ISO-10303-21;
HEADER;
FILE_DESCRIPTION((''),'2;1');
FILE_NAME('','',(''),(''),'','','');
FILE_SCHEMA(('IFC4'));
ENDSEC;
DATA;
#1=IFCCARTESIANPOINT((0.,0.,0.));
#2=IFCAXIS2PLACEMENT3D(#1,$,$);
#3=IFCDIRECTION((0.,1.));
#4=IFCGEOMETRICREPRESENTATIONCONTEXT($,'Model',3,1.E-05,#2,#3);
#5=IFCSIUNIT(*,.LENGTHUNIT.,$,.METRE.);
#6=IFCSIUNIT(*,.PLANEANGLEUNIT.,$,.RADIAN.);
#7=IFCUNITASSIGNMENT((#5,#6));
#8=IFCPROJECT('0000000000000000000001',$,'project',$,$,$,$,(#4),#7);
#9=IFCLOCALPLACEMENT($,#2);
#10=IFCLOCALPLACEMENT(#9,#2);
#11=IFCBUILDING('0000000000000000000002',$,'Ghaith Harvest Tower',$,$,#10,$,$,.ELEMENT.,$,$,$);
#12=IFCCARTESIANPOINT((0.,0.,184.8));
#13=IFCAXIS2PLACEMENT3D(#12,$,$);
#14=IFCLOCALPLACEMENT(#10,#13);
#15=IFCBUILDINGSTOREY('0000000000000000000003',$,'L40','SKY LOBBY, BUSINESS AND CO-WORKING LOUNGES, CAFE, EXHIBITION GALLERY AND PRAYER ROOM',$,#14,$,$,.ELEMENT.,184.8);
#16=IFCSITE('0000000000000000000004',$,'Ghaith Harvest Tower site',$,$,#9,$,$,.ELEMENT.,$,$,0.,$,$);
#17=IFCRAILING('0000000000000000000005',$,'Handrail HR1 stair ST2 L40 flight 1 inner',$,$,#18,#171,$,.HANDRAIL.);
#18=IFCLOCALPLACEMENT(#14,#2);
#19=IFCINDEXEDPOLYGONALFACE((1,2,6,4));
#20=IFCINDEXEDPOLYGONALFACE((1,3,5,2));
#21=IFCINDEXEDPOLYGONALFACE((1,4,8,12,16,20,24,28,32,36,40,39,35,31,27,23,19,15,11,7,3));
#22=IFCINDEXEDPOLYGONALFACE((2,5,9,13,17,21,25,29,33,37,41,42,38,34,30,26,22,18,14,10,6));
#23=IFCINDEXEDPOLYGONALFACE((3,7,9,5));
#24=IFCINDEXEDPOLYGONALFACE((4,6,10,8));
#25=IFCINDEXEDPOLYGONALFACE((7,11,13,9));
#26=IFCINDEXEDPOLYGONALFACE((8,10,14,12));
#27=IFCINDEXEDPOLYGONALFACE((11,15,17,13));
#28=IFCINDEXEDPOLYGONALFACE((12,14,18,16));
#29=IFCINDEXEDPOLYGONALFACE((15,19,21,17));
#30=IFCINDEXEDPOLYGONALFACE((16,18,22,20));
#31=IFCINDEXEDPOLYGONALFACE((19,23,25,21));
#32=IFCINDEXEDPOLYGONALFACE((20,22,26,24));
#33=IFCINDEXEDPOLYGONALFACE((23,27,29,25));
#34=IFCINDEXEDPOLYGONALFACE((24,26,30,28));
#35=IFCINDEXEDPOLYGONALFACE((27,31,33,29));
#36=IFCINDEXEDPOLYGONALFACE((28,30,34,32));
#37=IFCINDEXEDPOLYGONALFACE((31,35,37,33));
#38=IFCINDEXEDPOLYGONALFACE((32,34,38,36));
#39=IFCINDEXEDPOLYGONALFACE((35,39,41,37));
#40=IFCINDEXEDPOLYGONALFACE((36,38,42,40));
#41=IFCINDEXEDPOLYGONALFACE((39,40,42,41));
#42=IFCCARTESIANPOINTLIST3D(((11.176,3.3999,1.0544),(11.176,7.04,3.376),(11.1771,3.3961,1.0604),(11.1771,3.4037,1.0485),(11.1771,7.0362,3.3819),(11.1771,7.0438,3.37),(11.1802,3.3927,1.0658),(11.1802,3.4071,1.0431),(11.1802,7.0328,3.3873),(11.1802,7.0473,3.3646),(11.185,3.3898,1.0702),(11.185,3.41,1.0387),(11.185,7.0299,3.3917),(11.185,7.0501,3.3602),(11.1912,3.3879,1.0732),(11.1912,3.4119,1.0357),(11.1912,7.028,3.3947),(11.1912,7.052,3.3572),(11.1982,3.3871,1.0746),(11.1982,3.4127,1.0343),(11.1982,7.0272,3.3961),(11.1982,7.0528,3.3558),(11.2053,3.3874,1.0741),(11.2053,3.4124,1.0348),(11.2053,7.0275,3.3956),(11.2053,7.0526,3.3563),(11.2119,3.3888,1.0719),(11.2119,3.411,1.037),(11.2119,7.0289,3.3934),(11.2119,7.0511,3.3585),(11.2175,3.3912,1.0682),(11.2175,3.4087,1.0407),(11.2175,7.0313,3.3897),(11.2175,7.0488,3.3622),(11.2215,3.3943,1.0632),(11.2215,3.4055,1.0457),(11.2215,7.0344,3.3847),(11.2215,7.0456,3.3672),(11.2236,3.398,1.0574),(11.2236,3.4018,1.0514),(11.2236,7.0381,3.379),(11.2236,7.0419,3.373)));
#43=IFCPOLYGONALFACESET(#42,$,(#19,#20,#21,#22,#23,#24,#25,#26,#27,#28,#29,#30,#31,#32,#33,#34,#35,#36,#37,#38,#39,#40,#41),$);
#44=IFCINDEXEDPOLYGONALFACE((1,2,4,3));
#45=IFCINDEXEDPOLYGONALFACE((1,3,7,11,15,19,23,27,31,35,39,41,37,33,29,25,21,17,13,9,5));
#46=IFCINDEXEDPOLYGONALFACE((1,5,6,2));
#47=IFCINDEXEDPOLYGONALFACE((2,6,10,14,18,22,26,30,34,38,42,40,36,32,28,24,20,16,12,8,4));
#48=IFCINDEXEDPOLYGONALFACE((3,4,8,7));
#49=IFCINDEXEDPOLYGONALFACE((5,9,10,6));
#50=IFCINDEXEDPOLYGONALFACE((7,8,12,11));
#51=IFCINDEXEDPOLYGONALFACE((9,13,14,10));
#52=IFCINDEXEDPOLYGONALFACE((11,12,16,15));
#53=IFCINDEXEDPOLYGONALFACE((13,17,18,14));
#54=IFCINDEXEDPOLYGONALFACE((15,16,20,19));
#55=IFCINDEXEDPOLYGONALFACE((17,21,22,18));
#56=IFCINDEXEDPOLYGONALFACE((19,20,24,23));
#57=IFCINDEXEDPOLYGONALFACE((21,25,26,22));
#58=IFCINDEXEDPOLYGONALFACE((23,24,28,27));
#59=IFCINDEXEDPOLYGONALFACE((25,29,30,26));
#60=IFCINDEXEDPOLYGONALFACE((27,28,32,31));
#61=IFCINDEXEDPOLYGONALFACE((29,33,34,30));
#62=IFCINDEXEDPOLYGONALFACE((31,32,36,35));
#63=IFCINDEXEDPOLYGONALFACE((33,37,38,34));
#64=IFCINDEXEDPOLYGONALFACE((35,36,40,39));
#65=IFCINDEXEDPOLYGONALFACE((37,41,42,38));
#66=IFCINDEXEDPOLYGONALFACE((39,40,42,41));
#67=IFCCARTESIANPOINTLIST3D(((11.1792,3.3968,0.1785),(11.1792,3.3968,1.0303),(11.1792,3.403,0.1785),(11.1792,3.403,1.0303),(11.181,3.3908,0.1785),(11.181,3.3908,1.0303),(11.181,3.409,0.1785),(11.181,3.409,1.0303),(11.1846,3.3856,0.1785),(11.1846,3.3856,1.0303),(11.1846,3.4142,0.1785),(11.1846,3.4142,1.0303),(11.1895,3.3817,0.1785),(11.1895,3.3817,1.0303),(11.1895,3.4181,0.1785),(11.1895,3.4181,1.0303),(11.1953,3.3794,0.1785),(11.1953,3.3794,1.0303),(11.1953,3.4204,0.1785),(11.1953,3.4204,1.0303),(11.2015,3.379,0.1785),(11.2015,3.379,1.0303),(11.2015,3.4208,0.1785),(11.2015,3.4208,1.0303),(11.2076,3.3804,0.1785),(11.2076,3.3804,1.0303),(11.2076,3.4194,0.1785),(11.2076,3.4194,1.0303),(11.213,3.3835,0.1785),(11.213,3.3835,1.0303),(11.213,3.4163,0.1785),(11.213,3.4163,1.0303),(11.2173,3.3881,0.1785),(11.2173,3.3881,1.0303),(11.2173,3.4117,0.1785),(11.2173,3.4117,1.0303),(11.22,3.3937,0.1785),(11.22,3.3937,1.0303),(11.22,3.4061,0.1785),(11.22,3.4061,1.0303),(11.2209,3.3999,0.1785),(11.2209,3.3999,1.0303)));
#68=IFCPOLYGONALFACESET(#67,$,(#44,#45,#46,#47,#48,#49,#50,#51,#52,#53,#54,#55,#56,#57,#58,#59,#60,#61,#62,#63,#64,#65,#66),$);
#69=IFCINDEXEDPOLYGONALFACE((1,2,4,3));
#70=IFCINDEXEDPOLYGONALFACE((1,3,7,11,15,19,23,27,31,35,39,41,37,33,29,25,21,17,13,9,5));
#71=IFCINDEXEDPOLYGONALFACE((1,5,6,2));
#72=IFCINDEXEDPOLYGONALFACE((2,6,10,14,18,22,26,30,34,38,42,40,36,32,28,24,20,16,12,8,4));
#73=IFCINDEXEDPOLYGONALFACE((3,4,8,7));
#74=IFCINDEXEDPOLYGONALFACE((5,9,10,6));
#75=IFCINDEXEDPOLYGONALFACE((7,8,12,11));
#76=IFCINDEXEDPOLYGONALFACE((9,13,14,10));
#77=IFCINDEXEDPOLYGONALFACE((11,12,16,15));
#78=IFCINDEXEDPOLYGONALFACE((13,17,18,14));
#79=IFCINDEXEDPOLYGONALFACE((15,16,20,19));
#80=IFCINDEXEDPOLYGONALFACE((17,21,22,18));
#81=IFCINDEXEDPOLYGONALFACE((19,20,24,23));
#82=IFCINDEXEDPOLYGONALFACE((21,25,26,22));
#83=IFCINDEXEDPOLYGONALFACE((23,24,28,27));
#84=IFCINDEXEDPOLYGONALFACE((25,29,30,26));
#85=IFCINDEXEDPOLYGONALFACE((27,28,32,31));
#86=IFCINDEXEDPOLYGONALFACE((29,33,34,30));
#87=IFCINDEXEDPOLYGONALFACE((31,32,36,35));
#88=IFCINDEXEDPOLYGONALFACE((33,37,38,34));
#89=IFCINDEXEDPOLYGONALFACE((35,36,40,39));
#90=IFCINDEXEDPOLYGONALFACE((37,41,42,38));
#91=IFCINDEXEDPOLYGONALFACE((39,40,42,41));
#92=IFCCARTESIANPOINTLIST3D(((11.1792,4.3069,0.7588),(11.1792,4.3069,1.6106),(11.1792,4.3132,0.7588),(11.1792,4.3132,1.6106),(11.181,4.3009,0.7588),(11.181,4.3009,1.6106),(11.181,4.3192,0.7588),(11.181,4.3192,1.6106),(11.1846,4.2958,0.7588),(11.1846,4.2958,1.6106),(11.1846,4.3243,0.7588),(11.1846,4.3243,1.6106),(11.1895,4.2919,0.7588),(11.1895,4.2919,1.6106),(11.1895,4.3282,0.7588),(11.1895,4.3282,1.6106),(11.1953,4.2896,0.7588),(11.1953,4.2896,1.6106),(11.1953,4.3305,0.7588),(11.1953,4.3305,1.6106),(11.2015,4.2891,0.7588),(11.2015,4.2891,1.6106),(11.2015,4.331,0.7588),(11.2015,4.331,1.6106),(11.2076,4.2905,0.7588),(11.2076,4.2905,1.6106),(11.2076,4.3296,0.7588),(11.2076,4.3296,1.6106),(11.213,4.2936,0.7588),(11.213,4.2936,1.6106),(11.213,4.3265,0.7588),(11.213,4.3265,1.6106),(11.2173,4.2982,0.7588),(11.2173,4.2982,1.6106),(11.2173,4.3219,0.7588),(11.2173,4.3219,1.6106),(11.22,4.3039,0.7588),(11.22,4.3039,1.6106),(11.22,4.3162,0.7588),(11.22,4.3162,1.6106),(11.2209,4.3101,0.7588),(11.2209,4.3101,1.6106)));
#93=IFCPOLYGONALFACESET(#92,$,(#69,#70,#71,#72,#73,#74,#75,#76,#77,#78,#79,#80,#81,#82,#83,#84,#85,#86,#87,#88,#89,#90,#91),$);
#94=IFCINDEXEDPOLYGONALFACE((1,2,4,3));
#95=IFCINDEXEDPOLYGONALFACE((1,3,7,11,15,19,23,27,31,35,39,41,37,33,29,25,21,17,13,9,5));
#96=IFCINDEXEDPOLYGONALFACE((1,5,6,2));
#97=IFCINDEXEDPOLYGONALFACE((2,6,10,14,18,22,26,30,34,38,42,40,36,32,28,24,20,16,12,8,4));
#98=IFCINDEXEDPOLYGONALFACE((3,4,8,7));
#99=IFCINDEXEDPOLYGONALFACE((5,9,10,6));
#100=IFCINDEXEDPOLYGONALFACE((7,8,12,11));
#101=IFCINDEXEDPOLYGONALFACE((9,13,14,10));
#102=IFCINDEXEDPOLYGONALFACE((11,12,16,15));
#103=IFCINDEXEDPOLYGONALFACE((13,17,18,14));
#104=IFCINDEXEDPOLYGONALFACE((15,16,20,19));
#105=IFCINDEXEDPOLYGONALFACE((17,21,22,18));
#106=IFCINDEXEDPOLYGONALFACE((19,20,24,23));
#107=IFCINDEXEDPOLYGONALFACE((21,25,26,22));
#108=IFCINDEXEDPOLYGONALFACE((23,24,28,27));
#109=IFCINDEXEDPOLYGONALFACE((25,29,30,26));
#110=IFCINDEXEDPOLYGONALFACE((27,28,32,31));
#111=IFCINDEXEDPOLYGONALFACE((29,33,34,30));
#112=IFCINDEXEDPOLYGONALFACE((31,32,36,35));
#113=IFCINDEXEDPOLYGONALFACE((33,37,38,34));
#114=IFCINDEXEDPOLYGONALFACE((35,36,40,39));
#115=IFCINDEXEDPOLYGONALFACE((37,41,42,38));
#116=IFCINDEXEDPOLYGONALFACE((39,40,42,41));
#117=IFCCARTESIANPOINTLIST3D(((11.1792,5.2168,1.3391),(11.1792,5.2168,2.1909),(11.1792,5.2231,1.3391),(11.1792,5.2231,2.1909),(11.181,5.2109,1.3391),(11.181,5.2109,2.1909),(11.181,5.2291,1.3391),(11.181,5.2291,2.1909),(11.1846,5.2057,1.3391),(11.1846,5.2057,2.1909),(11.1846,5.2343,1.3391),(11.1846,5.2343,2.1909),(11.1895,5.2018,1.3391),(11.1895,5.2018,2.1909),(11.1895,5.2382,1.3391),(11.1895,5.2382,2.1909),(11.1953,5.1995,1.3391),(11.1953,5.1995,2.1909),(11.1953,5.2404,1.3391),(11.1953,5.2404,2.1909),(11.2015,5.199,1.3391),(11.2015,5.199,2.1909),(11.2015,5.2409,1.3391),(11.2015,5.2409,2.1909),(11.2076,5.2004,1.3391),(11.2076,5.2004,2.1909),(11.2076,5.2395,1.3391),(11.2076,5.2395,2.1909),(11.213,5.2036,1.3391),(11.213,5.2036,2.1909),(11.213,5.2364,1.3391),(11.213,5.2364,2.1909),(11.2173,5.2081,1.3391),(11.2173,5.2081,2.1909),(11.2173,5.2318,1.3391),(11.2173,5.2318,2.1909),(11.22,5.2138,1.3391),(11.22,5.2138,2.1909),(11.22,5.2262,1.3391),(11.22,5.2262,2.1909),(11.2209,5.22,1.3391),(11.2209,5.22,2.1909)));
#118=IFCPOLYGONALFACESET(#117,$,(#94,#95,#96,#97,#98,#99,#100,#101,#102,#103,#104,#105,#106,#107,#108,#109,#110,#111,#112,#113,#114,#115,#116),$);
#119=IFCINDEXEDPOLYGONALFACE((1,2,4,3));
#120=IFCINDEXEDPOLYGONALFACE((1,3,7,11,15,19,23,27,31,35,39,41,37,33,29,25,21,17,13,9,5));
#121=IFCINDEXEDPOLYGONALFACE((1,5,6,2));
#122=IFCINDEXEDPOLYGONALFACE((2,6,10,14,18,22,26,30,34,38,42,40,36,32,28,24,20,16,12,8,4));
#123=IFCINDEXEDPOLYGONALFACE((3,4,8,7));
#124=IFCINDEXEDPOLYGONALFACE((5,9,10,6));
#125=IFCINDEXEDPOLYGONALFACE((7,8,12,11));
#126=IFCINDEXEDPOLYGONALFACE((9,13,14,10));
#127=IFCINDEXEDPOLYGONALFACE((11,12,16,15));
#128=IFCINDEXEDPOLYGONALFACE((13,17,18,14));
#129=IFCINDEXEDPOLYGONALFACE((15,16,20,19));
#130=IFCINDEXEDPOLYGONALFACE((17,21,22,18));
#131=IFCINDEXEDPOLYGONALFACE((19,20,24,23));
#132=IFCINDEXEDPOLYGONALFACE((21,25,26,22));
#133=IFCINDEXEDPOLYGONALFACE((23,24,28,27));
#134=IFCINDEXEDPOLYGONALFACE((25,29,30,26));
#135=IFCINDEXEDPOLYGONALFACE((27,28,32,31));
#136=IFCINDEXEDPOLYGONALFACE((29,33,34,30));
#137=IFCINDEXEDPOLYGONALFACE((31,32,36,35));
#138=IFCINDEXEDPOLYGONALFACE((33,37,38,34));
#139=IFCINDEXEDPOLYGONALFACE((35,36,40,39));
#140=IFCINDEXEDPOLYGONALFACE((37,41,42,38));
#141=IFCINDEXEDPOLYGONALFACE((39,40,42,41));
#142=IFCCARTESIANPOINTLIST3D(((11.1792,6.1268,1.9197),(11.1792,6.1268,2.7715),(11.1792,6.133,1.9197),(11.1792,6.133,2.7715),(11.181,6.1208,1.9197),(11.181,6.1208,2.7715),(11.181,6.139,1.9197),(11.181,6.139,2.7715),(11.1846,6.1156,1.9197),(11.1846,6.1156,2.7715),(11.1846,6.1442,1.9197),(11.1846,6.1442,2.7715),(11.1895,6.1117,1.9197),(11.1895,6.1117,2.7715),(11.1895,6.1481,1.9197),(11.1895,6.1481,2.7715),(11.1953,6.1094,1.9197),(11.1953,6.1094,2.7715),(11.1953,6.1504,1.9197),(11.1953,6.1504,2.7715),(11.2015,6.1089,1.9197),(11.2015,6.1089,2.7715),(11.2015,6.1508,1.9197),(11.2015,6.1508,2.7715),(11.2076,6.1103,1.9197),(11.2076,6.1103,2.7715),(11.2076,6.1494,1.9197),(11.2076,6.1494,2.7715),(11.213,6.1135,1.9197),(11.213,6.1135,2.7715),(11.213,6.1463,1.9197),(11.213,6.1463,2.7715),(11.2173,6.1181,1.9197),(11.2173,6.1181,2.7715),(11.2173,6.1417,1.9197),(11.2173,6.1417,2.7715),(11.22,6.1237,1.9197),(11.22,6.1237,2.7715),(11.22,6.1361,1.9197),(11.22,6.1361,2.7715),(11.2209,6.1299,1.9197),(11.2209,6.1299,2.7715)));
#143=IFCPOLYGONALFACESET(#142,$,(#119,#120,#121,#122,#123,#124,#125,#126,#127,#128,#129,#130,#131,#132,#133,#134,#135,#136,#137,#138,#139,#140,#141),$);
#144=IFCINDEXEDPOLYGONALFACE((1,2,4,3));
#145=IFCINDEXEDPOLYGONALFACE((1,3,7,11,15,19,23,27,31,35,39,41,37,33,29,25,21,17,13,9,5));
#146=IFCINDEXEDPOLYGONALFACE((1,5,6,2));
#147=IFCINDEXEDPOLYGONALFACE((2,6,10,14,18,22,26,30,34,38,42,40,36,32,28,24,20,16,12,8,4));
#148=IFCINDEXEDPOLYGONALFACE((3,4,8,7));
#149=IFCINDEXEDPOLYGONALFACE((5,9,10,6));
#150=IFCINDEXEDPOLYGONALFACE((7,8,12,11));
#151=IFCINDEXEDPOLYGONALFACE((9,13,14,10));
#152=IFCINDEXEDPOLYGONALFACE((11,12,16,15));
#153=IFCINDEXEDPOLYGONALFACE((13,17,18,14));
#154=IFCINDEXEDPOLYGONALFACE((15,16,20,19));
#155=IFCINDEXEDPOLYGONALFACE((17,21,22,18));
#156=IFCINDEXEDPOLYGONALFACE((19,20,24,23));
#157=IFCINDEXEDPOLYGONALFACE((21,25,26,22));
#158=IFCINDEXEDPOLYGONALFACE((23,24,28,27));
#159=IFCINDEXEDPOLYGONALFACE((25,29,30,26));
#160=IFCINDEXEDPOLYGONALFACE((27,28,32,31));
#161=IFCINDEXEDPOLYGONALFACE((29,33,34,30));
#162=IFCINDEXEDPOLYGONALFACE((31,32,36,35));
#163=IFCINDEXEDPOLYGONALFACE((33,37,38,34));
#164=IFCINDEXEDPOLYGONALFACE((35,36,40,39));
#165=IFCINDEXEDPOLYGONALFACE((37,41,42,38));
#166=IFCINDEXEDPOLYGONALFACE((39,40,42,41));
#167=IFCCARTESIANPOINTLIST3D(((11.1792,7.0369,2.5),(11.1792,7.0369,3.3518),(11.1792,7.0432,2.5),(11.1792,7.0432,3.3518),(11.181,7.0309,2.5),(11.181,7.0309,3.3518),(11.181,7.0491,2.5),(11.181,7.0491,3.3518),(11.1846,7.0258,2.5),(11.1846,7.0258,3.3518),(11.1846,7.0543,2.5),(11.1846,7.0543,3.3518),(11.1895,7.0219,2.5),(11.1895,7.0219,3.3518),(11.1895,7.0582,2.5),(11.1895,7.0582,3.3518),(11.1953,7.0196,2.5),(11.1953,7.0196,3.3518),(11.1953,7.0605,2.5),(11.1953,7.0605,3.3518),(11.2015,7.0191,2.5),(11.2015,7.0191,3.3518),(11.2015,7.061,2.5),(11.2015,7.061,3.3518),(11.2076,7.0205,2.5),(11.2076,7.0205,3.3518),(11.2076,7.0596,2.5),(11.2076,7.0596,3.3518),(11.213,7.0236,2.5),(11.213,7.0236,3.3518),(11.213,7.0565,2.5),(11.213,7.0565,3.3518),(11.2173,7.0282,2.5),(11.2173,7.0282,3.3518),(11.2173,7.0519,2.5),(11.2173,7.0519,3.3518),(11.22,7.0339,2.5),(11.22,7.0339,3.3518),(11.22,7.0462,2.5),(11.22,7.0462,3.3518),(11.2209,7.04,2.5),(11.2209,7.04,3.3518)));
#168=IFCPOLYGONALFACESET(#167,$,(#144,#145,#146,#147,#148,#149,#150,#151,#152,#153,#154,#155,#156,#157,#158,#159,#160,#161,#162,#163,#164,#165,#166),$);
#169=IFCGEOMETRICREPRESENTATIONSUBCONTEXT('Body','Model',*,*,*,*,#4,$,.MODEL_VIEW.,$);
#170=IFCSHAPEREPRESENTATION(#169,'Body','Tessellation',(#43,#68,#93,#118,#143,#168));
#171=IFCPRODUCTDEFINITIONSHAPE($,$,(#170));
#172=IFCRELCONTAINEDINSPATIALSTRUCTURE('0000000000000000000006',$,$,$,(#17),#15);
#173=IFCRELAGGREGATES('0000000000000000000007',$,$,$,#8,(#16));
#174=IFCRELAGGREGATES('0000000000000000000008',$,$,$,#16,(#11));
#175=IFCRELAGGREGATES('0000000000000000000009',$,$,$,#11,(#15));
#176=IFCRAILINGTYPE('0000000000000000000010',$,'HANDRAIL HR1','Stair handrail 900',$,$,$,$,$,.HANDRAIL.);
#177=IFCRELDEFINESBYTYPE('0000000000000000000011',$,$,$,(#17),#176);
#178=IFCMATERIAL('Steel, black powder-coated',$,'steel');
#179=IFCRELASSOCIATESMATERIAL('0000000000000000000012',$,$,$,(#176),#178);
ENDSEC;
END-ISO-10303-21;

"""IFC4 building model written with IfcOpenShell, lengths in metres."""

from ifc_helpers import new_model, si_unit, direction, frame, origin, origin_2d, place, context, subcontext, project, spatial, circle, extrude, material, type_object, element, save


model = new_model("IFC4")

# Units and contexts
model_context = context("Model", 3, precision=1e-05, world=origin(), true_north=direction((0.0, 1.0)))
body_context = subcontext(model_context, "Body", "Model", "MODEL_VIEW")
ifc_project = project(units=[si_unit("LENGTHUNIT", "METRE"), si_unit("PLANEANGLEUNIT", "RADIAN")], contexts=[model_context])

# Site, building, storey
site_placement = place(None, origin())
site = spatial("IfcSite", under=ifc_project, at=site_placement, Name="Ghaith Harvest Tower site", CompositionType="ELEMENT", RefElevation=0.0)
building_placement = place(site_placement, origin())
building = spatial("IfcBuilding", under=site, at=building_placement, Name="Ghaith Harvest Tower", CompositionType="ELEMENT")
storey_placement = place(building_placement, frame((0.0, 0.0, 184.8)))
storey = spatial("IfcBuildingStorey", under=building, at=storey_placement, Name="L40", Description="SKY LOBBY, BUSINESS AND CO-WORKING LOUNGES, CAFE, EXHIBITION GALLERY AND PRAYER ROOM", CompositionType="ELEMENT", Elevation=184.8)

# Railing
ifc_material_1 = material(Name="Steel, black powder-coated", Category="steel")
railing_type = type_object("IfcRailingType", Name="HANDRAIL HR1", Description="Stair handrail 900", PredefinedType="HANDRAIL", material=ifc_material_1)
railing_1_placement = place(storey_placement, frame((11.2, 3.3999, 0.1785)))
element("IfcRailing", 1, at=railing_1_placement, inside=storey, type_object=railing_type, Name="Handrail HR1 stair ST2 L40 flight 1 inner", PredefinedType="HANDRAIL", context=body_context, shape_type="SweptSolid", body=[
    extrude(circle(Radius=0.0239, at=origin_2d()), frame((0.0, 0.0, 0.876), z_axis=(0.0, 0.843128, 0.537713), x_axis=(-1.0, 0.0, 0.0)), (0.0, 0.0, 1.0), 4.3174),
    extrude(circle(Radius=0.021, at=origin_2d()), origin(), (0.0, 0.0, 1.0), 0.8518),
    extrude(circle(Radius=0.021, at=origin_2d()), frame((0.0, 0.9102, 0.5803)), (0.0, 0.0, 1.0), 0.8518),
    extrude(circle(Radius=0.021, at=origin_2d()), frame((0.0, 1.8201, 1.1606)), (0.0, 0.0, 1.0), 0.8518),
    extrude(circle(Radius=0.021, at=origin_2d()), frame((0.0, 2.73, 1.7412)), (0.0, 0.0, 1.0), 0.8518),
    extrude(circle(Radius=0.021, at=origin_2d()), frame((0.0, 3.6401, 2.3215)), (0.0, 0.0, 1.0), 0.8518),
])

save(model, "model.ifc")
